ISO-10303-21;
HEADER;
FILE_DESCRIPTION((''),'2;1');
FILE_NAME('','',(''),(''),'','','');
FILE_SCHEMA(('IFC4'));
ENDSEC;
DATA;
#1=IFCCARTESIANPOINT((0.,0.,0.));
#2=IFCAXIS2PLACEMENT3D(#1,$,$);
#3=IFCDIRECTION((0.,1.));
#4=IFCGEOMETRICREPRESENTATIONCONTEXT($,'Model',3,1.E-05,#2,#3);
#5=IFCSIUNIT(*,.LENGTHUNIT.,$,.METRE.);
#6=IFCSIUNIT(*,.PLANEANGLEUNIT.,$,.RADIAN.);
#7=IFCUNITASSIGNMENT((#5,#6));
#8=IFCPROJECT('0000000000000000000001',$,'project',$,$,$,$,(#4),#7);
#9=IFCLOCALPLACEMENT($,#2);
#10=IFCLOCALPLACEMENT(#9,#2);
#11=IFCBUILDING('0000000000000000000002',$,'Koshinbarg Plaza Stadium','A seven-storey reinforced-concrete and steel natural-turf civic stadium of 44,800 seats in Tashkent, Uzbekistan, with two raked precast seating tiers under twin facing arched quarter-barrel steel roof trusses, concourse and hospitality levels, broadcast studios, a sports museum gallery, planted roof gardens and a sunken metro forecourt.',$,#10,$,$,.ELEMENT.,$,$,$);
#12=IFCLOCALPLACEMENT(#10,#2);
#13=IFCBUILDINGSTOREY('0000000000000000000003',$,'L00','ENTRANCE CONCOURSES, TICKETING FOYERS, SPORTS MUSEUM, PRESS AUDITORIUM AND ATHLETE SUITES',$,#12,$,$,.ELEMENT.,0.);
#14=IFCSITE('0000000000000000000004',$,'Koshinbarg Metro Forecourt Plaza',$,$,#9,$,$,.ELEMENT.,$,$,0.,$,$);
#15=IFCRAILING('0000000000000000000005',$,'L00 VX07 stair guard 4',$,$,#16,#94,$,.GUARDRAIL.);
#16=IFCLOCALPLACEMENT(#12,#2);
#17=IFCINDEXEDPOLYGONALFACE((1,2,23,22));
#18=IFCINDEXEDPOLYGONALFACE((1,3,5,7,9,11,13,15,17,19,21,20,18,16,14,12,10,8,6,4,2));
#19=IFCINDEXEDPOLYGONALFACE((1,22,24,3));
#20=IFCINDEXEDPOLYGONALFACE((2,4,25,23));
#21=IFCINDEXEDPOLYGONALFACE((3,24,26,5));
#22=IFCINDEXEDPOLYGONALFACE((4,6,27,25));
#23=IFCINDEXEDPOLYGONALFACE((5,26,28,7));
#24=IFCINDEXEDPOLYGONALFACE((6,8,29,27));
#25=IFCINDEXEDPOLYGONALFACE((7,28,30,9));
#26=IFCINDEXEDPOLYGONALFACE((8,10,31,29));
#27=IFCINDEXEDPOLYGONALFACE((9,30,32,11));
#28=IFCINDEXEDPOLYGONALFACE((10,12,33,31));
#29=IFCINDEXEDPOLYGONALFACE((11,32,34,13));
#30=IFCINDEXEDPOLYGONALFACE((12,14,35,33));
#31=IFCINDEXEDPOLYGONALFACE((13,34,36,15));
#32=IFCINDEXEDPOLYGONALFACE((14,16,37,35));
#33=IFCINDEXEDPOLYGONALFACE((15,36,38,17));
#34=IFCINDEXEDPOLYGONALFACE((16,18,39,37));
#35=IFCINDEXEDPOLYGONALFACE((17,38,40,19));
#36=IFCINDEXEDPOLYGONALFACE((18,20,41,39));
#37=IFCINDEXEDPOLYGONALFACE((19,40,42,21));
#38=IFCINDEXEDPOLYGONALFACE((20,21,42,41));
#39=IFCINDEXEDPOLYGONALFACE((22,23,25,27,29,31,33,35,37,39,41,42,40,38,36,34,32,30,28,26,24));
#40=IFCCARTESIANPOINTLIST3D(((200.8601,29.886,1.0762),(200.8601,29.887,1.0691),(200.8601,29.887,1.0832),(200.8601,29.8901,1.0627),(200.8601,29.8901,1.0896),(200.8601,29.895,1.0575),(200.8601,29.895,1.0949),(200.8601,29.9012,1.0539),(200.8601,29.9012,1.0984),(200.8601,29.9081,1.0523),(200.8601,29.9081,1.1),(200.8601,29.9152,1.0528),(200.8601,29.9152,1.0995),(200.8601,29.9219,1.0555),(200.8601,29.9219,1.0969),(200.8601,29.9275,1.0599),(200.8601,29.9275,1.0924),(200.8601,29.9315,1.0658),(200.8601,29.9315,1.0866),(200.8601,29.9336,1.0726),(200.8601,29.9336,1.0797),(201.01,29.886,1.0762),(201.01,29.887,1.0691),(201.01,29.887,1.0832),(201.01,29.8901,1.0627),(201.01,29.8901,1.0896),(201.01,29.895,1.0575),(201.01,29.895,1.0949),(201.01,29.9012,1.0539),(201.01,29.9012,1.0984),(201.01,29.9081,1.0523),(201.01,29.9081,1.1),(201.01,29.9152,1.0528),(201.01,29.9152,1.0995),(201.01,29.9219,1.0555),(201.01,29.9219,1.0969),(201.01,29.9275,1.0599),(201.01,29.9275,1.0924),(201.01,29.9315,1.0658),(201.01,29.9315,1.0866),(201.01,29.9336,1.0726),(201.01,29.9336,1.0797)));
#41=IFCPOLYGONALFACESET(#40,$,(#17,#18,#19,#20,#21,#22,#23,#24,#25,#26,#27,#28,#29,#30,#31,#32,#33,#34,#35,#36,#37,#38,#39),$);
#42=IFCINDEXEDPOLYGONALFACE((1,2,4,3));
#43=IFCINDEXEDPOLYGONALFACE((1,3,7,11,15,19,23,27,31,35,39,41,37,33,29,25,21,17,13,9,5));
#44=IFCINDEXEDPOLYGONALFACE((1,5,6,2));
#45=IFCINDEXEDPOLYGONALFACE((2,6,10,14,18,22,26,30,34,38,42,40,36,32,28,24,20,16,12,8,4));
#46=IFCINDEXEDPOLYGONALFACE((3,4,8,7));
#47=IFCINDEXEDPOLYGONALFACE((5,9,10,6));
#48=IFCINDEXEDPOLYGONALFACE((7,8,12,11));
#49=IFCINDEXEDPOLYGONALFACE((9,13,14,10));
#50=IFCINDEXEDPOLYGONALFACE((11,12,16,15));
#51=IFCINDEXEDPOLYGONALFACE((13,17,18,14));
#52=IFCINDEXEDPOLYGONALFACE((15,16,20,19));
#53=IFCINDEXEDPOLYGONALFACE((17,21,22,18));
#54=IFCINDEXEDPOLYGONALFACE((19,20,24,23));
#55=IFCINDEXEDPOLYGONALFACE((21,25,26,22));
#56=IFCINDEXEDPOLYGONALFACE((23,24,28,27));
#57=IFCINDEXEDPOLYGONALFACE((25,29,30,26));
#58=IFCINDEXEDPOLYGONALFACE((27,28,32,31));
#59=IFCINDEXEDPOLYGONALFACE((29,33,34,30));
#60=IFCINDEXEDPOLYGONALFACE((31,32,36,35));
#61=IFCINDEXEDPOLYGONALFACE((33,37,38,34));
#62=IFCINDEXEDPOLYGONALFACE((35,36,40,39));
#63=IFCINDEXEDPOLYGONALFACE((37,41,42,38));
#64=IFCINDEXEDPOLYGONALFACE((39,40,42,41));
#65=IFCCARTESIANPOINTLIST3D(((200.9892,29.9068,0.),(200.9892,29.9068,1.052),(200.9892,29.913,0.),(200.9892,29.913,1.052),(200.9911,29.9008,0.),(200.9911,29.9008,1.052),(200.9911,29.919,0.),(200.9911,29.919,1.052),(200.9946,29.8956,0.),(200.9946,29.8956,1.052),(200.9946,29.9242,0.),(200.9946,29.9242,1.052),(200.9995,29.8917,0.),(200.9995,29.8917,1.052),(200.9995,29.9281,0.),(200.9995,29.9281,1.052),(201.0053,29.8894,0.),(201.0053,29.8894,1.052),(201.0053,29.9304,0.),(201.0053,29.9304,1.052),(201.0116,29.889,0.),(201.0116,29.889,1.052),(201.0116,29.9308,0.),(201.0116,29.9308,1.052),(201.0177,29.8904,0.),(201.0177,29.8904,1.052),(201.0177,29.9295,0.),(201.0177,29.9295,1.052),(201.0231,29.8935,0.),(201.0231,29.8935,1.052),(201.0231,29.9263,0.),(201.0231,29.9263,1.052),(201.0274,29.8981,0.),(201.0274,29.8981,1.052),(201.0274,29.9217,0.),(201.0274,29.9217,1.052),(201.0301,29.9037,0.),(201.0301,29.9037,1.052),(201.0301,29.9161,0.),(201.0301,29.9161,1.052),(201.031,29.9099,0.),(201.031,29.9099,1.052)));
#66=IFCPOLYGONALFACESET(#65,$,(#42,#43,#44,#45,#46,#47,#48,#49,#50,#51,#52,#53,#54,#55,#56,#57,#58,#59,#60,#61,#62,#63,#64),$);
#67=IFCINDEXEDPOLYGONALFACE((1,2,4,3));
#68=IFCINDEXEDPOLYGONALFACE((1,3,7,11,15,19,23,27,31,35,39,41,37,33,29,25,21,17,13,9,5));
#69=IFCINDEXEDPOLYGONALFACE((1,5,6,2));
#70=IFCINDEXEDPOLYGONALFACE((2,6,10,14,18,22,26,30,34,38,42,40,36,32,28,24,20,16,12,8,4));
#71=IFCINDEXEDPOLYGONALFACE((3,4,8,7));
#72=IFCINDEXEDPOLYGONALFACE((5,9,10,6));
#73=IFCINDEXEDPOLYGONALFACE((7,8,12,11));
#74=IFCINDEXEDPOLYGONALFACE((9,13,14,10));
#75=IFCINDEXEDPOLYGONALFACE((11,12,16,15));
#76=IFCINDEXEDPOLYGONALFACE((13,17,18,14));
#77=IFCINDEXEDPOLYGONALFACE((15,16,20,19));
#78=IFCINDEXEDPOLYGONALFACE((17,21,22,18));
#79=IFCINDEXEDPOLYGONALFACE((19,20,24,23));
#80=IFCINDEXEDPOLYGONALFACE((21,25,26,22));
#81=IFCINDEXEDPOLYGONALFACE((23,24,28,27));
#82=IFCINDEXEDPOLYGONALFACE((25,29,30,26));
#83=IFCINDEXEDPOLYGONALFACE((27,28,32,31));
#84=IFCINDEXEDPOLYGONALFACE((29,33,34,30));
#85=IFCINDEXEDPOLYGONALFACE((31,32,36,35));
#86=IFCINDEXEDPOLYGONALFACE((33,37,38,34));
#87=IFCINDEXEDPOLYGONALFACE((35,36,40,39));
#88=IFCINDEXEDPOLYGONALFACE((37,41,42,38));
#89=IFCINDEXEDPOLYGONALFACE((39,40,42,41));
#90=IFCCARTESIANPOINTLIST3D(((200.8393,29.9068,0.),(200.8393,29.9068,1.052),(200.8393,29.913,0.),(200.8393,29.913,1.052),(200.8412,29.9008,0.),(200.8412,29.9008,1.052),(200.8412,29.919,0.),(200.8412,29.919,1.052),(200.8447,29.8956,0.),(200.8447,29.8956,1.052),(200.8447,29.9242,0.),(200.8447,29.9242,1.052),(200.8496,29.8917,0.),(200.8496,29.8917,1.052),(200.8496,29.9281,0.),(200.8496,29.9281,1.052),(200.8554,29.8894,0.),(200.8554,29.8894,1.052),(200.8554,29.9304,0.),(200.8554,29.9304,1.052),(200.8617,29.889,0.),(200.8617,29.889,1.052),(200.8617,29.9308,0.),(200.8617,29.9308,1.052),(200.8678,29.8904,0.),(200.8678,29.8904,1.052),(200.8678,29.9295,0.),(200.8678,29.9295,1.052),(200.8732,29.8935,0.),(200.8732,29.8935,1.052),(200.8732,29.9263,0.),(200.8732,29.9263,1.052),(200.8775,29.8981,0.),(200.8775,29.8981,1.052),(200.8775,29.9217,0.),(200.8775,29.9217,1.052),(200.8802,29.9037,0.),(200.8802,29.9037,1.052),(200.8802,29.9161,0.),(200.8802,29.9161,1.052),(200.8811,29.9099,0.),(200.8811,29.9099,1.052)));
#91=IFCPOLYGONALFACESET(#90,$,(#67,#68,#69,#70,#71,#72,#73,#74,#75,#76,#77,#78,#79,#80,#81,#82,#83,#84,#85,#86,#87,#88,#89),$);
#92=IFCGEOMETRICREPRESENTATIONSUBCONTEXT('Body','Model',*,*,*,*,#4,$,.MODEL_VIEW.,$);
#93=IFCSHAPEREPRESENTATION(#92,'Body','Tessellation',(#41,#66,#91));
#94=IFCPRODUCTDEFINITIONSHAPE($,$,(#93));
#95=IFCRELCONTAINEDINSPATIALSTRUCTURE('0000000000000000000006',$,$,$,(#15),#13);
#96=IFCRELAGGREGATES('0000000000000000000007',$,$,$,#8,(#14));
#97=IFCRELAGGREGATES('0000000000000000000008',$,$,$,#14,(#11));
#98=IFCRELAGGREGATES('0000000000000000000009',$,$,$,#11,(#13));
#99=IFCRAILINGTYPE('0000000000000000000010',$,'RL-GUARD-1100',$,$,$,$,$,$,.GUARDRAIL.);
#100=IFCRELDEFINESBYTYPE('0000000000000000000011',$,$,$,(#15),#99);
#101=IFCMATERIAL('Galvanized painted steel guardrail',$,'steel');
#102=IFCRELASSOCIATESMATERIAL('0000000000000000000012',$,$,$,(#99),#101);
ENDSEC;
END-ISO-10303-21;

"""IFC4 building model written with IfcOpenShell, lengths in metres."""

from ifc_helpers import new_model, si_unit, direction, frame, origin, origin_2d, place, context, subcontext, project, spatial, circle, extrude, material, type_object, element, save


model = new_model("IFC4")

# Units and contexts
model_context = context("Model", 3, precision=1e-05, world=origin(), true_north=direction((0.0, 1.0)))
body_context = subcontext(model_context, "Body", "Model", "MODEL_VIEW")
ifc_project = project(units=[si_unit("LENGTHUNIT", "METRE"), si_unit("PLANEANGLEUNIT", "RADIAN")], contexts=[model_context])

# Site, building, storey
site_placement = place(None, origin())
site = spatial("IfcSite", under=ifc_project, at=site_placement, Name="Koshinbarg Metro Forecourt Plaza", CompositionType="ELEMENT", RefElevation=0.0)
building_placement = place(site_placement, origin())
building = spatial("IfcBuilding", under=site, at=building_placement, Name="Koshinbarg Plaza Stadium", Description="A seven-storey reinforced-concrete and steel natural-turf civic stadium of 44,800 seats in Tashkent, Uzbekistan, with two raked precast seating tiers under twin facing arched quarter-barrel steel roof trusses, concourse and hospitality levels, broadcast studios, a sports museum gallery, planted roof gardens and a sunken metro forecourt.", CompositionType="ELEMENT")
storey_placement = place(building_placement, origin())
storey = spatial("IfcBuildingStorey", under=building, at=storey_placement, Name="L00", Description="ENTRANCE CONCOURSES, TICKETING FOYERS, SPORTS MUSEUM, PRESS AUDITORIUM AND ATHLETE SUITES", CompositionType="ELEMENT", Elevation=0.0)

# Railing
ifc_material_1 = material(Name="Galvanized painted steel guardrail", Category="steel")
railing_type_1 = type_object("IfcRailingType", Name="RL-GUARD-1100", PredefinedType="GUARDRAIL", material=ifc_material_1)
railing_1_placement = place(storey_placement, frame((201.01, 29.9099, 0.0)))
element("IfcRailing", 1, at=railing_1_placement, inside=storey, type_object=railing_type_1, Name="L00 VX07 stair guard 4", PredefinedType="GUARDRAIL", context=body_context, shape_type="SweptSolid", body=[
    extrude(circle(Radius=0.0239, at=origin_2d()), frame((0.0, 0.0, 1.0762), z_axis=(-1.0, 0.0, 0.0), x_axis=(0.0, -1.0, 0.0)), (0.0, 0.0, 1.0), 0.1499),
    extrude(circle(Radius=0.021, at=origin_2d()), origin(), (0.0, 0.0, 1.0), 1.052),
    extrude(circle(Radius=0.021, at=origin_2d()), frame((-0.1499, 0.0, 0.0)), (0.0, 0.0, 1.0), 1.052),
])

save(model, "model.ifc")
